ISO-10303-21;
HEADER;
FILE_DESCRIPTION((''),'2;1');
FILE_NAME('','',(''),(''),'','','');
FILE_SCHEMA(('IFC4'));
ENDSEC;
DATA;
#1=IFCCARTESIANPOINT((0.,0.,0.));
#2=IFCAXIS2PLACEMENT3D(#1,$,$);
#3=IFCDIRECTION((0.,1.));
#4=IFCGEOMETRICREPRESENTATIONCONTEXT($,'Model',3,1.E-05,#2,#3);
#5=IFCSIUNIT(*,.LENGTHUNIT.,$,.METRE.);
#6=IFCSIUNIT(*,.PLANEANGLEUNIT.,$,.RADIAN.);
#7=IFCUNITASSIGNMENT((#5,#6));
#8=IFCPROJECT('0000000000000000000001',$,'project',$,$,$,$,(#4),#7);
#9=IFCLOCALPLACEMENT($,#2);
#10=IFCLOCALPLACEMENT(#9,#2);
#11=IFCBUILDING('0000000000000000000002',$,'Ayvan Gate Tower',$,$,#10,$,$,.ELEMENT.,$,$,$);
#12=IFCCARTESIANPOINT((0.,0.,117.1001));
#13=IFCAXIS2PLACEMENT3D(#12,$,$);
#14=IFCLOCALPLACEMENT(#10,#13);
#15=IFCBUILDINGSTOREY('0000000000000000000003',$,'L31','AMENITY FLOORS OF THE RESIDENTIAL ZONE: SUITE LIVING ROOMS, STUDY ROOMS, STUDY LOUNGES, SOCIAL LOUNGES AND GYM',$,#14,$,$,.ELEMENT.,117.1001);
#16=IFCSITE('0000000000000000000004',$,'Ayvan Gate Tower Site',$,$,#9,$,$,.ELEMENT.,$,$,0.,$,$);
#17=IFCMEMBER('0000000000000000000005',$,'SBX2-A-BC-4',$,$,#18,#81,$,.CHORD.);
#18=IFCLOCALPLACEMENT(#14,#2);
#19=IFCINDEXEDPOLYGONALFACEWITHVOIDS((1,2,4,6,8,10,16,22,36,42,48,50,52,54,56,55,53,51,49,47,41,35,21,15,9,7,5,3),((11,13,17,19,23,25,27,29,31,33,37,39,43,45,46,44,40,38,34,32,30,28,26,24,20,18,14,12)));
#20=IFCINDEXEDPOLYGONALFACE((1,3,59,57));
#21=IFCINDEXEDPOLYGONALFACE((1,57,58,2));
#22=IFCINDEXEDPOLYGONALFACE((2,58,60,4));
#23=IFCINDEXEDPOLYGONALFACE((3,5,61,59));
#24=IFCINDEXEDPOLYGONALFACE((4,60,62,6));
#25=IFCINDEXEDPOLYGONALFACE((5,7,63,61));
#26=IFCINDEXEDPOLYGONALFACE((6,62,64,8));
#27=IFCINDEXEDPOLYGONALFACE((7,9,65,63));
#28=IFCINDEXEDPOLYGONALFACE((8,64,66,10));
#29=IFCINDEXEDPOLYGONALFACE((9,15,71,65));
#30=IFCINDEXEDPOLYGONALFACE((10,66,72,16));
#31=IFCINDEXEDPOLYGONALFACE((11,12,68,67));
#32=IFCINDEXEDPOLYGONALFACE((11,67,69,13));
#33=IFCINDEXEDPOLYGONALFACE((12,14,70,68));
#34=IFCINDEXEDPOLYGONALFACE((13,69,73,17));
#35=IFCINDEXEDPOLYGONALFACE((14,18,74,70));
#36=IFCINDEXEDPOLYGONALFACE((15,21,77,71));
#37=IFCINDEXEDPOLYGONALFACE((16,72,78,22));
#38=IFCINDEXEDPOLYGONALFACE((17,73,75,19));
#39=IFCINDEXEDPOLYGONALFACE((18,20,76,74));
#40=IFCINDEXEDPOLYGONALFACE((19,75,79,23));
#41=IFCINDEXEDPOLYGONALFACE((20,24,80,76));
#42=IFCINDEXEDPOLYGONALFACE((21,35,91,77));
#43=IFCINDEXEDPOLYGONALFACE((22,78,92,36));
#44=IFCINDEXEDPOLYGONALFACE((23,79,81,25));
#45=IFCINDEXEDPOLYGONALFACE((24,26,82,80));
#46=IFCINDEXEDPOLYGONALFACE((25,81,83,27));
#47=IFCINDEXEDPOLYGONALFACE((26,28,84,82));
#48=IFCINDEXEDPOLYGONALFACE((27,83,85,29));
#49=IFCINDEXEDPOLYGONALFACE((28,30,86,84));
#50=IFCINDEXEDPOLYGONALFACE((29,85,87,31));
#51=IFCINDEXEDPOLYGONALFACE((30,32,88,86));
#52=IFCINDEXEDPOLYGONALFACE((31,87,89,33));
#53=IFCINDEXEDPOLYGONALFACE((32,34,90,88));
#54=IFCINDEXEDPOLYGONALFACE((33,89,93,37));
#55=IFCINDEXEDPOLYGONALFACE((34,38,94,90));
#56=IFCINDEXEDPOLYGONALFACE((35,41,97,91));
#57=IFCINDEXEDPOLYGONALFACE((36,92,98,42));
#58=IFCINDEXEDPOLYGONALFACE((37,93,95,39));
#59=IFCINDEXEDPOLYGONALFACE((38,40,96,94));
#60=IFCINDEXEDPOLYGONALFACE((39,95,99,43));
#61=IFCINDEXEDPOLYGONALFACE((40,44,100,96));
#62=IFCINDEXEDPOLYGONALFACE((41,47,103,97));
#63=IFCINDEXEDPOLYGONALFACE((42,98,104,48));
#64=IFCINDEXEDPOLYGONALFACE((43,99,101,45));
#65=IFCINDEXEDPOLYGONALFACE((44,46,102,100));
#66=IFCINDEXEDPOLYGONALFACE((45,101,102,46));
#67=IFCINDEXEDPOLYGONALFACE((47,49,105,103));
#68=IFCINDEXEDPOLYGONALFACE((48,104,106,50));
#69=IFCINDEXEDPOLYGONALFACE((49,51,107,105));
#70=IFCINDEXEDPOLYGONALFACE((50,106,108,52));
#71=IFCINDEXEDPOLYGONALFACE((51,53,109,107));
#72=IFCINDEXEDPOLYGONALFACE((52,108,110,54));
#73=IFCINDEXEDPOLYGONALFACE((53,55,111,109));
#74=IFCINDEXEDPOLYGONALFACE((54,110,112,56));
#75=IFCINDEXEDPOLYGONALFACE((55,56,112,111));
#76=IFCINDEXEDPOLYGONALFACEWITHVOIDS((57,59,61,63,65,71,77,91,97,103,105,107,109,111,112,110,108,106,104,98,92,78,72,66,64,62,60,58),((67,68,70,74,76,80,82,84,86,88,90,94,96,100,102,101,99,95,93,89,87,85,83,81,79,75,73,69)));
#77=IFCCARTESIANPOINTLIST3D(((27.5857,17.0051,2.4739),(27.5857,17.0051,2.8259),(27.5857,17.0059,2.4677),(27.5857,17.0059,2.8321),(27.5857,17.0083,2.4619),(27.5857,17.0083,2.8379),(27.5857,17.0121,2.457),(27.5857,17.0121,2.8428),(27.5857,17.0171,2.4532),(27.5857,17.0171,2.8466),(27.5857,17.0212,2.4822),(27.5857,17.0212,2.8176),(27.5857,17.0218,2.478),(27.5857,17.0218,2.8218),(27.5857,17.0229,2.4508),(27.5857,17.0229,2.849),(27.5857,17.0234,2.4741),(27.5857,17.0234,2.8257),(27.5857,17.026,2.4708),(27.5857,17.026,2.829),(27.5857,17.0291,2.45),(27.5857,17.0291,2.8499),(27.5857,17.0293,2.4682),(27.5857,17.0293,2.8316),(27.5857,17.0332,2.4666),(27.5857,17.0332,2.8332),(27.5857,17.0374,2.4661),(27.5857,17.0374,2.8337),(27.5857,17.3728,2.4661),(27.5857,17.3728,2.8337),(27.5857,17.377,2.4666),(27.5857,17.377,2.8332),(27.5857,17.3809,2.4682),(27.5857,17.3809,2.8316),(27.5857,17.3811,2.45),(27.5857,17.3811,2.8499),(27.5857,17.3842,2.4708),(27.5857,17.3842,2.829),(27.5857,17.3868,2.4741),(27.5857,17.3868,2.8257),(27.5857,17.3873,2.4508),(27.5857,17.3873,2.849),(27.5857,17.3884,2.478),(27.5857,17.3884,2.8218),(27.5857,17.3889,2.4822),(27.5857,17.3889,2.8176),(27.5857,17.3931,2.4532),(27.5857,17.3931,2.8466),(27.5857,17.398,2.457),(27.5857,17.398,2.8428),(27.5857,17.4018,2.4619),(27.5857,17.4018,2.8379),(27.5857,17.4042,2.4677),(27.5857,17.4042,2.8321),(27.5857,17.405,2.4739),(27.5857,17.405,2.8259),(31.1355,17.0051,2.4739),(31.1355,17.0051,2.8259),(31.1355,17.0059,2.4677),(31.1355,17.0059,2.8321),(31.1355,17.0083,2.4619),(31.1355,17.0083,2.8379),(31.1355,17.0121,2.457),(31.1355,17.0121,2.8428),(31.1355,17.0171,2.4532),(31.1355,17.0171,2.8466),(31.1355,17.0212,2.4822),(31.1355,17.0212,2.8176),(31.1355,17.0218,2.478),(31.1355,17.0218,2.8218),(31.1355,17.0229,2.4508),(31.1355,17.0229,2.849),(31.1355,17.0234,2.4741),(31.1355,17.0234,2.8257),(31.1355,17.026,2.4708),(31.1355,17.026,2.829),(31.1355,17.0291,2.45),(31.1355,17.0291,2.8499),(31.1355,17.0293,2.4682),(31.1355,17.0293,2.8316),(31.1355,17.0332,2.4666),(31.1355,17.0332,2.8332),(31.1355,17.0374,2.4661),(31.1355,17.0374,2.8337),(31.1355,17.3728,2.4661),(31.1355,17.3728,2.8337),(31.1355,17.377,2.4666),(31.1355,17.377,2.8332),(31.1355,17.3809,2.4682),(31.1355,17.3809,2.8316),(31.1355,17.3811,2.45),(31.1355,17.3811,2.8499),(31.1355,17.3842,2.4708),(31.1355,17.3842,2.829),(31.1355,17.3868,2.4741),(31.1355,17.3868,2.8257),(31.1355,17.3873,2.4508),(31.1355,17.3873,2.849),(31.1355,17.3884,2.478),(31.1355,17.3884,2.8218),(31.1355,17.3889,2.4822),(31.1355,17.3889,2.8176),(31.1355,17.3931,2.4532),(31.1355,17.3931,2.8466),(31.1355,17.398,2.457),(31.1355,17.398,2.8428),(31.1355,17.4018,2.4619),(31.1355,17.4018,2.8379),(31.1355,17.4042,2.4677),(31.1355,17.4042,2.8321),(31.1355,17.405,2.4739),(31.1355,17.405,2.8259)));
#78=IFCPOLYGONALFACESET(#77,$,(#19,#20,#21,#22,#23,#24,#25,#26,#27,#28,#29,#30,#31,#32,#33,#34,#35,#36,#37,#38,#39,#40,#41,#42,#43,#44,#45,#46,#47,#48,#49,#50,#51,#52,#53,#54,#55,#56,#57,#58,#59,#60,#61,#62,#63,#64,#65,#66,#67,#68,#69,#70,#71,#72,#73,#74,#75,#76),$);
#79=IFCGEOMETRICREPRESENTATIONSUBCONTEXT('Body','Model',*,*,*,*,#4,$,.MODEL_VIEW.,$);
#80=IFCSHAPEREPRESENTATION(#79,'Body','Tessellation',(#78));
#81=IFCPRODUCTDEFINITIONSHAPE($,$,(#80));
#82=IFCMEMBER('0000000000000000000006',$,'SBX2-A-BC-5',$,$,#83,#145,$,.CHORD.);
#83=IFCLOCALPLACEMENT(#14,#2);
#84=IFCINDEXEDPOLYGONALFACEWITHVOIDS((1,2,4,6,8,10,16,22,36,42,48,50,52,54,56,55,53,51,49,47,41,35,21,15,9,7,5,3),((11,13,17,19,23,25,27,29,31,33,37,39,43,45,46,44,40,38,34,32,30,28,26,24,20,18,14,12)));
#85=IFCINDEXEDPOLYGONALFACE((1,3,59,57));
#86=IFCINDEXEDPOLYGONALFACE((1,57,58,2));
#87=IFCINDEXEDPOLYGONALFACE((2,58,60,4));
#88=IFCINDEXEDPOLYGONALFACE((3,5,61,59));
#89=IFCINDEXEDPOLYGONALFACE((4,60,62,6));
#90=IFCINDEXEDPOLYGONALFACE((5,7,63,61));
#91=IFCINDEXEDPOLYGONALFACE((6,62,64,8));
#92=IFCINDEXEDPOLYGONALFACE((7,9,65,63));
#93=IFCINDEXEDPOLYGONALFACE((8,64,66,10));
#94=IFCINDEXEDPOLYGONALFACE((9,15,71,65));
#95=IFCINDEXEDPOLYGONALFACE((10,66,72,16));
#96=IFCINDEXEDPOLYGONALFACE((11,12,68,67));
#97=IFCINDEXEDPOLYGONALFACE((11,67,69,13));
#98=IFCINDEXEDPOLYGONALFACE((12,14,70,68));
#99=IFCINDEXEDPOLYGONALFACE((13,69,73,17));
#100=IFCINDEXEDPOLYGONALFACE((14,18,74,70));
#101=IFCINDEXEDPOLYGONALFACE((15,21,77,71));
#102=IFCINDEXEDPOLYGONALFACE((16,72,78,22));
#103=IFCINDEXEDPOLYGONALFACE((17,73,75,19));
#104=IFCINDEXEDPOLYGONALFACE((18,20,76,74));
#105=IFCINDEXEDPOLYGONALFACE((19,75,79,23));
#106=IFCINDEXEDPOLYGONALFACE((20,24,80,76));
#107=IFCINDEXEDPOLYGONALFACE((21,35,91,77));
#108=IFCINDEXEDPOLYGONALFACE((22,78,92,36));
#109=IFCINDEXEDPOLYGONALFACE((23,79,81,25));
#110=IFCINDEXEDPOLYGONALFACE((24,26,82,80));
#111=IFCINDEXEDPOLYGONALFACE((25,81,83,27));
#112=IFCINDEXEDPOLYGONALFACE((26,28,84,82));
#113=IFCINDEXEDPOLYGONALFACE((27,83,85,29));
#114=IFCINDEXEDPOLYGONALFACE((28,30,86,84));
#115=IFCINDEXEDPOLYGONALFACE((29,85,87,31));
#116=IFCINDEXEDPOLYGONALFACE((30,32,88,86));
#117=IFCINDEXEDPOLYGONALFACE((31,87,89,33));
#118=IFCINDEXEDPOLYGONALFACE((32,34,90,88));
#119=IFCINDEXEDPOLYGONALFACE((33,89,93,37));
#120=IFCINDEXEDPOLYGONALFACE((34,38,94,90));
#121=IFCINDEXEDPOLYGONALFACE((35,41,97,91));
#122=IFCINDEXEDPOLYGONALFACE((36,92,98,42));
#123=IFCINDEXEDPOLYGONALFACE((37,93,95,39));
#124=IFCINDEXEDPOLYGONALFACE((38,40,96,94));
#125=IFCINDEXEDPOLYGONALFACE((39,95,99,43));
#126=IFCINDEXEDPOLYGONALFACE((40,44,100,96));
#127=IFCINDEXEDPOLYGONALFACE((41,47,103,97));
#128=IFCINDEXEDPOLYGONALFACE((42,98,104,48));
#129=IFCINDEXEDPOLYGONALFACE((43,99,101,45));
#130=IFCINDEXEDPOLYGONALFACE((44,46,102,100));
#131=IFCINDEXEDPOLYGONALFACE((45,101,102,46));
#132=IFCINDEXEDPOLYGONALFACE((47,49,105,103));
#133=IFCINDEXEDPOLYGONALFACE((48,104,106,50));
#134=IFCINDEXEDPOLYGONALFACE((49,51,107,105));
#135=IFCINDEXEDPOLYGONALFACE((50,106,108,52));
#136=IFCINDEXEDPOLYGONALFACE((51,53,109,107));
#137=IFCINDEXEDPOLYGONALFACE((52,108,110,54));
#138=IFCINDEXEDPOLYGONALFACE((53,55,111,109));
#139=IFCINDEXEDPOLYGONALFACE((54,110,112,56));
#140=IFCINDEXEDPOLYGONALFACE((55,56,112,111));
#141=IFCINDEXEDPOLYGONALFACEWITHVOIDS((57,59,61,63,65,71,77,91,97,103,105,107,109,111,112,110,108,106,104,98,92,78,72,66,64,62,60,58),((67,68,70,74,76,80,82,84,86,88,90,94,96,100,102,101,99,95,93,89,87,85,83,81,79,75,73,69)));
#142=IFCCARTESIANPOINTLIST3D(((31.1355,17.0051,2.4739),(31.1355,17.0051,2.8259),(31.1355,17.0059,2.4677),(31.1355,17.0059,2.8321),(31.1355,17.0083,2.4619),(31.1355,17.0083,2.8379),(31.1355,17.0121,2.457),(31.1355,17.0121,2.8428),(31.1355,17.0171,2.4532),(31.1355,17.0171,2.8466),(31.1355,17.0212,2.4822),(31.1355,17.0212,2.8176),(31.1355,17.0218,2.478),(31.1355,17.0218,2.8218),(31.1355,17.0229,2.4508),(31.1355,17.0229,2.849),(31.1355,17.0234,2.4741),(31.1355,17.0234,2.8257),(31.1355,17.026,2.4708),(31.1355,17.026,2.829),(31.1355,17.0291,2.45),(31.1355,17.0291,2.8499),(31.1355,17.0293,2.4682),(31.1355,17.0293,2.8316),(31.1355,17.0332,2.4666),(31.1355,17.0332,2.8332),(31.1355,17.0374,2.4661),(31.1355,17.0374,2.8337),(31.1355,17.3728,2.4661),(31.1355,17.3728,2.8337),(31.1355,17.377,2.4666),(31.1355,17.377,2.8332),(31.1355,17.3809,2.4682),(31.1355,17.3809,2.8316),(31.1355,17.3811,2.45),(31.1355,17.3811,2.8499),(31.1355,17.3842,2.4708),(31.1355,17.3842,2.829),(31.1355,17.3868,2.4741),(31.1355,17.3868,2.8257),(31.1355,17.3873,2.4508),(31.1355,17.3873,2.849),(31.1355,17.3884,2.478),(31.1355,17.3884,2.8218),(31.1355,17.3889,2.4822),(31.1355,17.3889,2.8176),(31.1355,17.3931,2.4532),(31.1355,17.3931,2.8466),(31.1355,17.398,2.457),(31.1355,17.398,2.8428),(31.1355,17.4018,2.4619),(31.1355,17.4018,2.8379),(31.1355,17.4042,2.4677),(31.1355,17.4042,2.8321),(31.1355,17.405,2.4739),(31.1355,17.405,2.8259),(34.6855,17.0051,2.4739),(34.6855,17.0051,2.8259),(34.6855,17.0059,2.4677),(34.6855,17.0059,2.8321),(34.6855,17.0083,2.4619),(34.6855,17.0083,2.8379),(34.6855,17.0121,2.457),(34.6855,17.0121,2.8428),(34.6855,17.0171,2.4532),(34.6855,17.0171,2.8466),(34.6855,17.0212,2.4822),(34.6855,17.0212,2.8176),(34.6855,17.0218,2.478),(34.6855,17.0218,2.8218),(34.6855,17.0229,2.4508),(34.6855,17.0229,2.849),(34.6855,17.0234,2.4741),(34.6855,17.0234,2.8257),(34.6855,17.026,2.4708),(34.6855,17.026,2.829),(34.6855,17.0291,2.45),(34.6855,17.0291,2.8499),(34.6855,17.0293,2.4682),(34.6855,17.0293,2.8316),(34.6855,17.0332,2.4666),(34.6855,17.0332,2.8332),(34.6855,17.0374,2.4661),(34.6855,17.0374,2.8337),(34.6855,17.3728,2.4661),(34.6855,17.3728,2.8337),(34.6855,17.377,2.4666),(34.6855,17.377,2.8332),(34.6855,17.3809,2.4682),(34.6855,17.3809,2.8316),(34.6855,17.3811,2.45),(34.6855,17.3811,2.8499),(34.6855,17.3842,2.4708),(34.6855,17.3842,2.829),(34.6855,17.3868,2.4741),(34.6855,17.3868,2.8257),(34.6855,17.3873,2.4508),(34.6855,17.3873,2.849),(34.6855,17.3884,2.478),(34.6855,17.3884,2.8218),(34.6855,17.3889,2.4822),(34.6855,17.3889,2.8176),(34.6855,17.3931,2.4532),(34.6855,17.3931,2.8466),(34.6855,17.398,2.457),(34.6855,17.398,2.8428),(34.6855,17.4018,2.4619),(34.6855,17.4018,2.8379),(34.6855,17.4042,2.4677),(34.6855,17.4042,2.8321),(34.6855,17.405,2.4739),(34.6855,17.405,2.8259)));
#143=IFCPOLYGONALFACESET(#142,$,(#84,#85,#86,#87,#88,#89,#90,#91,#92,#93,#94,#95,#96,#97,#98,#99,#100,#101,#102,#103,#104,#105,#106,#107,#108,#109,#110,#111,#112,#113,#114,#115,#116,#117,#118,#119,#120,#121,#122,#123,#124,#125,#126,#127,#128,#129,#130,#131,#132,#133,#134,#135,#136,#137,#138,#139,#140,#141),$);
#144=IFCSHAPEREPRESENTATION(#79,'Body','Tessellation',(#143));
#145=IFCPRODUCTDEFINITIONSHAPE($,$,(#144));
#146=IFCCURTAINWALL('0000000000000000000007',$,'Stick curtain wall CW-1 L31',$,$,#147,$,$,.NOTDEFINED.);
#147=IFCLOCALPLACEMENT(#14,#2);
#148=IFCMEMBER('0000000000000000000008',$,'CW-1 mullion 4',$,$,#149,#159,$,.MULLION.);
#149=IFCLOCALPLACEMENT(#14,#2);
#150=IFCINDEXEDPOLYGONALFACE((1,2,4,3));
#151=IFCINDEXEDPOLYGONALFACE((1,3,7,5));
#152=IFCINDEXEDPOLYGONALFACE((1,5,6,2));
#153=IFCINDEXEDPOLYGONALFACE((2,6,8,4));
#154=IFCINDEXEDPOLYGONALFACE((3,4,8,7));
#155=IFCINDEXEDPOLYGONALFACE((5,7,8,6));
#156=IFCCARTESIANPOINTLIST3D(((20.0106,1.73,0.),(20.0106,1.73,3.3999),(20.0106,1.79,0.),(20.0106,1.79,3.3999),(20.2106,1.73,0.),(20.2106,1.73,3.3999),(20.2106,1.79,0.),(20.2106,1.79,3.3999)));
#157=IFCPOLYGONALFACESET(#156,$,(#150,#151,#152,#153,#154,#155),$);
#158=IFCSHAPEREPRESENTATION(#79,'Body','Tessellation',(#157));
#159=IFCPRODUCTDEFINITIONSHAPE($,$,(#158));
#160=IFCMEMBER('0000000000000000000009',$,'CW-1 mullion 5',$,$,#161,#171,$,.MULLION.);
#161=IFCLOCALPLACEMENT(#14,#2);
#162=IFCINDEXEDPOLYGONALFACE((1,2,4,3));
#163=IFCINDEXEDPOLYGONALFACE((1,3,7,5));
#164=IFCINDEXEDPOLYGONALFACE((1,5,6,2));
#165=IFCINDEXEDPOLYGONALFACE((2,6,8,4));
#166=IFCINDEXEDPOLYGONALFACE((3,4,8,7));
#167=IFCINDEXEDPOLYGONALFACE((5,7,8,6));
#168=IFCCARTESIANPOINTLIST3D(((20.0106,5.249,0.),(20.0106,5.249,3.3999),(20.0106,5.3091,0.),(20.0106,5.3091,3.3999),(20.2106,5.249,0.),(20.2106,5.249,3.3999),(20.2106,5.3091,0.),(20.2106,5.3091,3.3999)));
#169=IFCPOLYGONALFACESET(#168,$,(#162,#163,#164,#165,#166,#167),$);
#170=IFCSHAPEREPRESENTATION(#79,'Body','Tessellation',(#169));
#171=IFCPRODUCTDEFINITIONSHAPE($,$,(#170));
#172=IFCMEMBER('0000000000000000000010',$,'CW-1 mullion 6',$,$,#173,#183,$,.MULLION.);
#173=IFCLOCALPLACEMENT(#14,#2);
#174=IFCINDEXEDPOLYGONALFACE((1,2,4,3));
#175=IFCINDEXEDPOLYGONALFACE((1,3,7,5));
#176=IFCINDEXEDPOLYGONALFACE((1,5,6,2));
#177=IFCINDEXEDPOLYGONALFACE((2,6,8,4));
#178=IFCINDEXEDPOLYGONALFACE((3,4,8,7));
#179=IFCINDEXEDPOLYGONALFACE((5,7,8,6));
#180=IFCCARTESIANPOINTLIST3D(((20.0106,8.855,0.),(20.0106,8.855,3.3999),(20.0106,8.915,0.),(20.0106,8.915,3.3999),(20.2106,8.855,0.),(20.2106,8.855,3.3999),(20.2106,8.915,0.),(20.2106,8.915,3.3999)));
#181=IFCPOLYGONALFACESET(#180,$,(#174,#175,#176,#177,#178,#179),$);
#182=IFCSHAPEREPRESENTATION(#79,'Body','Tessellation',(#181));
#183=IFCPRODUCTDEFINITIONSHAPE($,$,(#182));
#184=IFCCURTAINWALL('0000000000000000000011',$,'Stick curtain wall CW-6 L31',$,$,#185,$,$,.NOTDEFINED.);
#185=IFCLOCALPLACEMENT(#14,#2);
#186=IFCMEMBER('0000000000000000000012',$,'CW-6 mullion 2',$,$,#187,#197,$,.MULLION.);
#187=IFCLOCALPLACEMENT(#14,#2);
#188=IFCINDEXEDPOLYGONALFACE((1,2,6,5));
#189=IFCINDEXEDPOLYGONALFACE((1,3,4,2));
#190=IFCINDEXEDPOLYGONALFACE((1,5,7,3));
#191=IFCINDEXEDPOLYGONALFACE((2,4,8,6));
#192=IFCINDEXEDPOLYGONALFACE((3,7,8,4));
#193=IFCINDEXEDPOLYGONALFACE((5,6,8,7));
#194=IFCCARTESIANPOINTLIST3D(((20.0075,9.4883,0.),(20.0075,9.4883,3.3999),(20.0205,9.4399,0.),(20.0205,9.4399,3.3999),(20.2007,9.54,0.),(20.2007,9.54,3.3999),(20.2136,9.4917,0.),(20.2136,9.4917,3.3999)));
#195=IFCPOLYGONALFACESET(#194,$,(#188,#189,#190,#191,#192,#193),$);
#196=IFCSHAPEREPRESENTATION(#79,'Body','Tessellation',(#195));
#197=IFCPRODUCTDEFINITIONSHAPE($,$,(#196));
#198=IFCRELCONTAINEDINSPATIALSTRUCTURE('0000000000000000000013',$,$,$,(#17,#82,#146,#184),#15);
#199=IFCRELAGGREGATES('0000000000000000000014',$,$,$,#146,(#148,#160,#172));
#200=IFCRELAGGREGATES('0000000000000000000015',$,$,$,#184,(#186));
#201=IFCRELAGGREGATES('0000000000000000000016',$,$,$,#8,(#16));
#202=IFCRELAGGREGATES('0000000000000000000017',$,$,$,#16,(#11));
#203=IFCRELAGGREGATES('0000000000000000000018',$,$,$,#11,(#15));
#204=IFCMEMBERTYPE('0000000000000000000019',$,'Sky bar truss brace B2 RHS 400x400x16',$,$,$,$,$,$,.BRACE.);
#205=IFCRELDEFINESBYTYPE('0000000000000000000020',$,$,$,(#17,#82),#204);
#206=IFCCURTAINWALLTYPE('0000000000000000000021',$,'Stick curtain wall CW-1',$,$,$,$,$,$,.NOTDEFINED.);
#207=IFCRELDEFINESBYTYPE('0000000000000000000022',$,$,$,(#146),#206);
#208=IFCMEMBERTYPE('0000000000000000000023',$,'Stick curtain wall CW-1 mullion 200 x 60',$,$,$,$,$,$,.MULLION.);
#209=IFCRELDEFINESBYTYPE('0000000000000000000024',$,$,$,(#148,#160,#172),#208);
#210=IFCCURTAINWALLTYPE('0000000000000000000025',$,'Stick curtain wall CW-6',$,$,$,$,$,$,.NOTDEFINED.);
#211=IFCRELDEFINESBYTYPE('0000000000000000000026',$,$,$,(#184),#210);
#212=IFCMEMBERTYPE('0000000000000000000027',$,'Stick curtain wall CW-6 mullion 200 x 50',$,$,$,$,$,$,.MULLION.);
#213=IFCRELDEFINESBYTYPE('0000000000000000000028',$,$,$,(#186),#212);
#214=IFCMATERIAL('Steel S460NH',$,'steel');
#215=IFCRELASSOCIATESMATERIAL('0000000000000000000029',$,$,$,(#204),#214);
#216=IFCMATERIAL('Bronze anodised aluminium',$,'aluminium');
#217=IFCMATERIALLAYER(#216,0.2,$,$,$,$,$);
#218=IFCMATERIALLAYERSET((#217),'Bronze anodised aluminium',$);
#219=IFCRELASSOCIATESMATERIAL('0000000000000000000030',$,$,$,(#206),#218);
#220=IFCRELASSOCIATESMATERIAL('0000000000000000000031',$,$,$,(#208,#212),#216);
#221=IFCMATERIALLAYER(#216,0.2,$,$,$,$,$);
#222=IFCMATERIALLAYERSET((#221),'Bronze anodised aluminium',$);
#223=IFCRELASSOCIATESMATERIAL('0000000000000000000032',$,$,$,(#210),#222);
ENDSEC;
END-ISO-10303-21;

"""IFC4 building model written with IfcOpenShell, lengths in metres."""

from ifc_helpers import new_model, si_unit, direction, frame, origin, origin_2d, place, context, subcontext, project, spatial, rectangle, hollow_rectangle, extrude, material, layer, layer_set, material_profile, profile_set, type_object, element, aggregate, save


model = new_model("IFC4")

# Units and contexts
model_context = context("Model", 3, precision=1e-05, world=origin(), true_north=direction((0.0, 1.0)))
body_context = subcontext(model_context, "Body", "Model", "MODEL_VIEW")
ifc_project = project(units=[si_unit("LENGTHUNIT", "METRE"), si_unit("PLANEANGLEUNIT", "RADIAN")], contexts=[model_context])

# Site, building, storey
site_placement = place(None, origin())
site = spatial("IfcSite", under=ifc_project, at=site_placement, Name="Ayvan Gate Tower Site", CompositionType="ELEMENT", RefElevation=0.0)
building_placement = place(site_placement, origin())
building = spatial("IfcBuilding", under=site, at=building_placement, Name="Ayvan Gate Tower", CompositionType="ELEMENT")
storey_placement = place(building_placement, frame((0.0, 0.0, 117.1001)))
storey = spatial("IfcBuildingStorey", under=building, at=storey_placement, Name="L31", Description="AMENITY FLOORS OF THE RESIDENTIAL ZONE: SUITE LIVING ROOMS, STUDY ROOMS, STUDY LOUNGES, SOCIAL LOUNGES AND GYM", CompositionType="ELEMENT", Elevation=117.1001)

# Members
ifc_material_1 = material(Name="Steel S460NH", Category="steel")
ifc_material_profile_1 = material_profile(ifc_material_1, hollow_rectangle(XDim=0.3999, YDim=0.3999, WallThickness=0.0161, InnerFilletRadius=0.0161, OuterFilletRadius=0.0239, at=origin_2d()), Name="RHS 400x400x16")
ifc_profile_set_1 = profile_set([ifc_material_profile_1], Name="Steel S460NH")
member_type_1 = type_object("IfcMemberType", Name="Sky bar truss brace B2 RHS 400x400x16", PredefinedType="BRACE", material=ifc_profile_set_1)
member_1_placement = place(storey_placement, frame((27.5857, 17.2051, 2.6499), z_axis=(1.0, 0.0, 0.0), x_axis=(0.0, 1.0, 0.0)))
element("IfcMember", 1, at=member_1_placement, inside=storey, type_object=member_type_1, Name="SBX2-A-BC-4", PredefinedType="CHORD", context=body_context, shape_type="SweptSolid", body=[
    extrude(hollow_rectangle(XDim=0.3999, YDim=0.3999, WallThickness=0.0161, InnerFilletRadius=0.0161, OuterFilletRadius=0.0239, at=origin_2d()), origin(), (0.0, 0.0, 1.0), 3.5498),
])
member_2_placement = place(storey_placement, frame((31.1355, 17.2051, 2.6499), z_axis=(1.0, 0.0, 0.0), x_axis=(0.0, 1.0, 0.0)))
element("IfcMember", 2, at=member_2_placement, inside=storey, type_object=member_type_1, Name="SBX2-A-BC-5", PredefinedType="CHORD", context=body_context, shape_type="SweptSolid", body=[
    extrude(hollow_rectangle(XDim=0.3999, YDim=0.3999, WallThickness=0.0161, InnerFilletRadius=0.0161, OuterFilletRadius=0.0239, at=origin_2d()), origin(), (0.0, 0.0, 1.0), 3.55),
])

# Curtain walls, members
ifc_material_2 = material(Name="Bronze anodised aluminium", Category="aluminium")
ifc_layer_1 = layer(ifc_material_2, 0.2)
ifc_layer_set_1 = layer_set([ifc_layer_1], Name="Bronze anodised aluminium")
curtain_wall_type_1 = type_object("IfcCurtainWallType", Name="Stick curtain wall CW-1", PredefinedType="NOTDEFINED", material=ifc_layer_set_1)
curtain_wall_1_placement = place(storey_placement, origin())
curtain_wall_1 = element("IfcCurtainWall", 3, at=curtain_wall_1_placement, inside=storey, type_object=curtain_wall_type_1, Name="Stick curtain wall CW-1 L31", PredefinedType="NOTDEFINED")
ifc_material_profile_2 = material_profile(ifc_material_2, rectangle(XDim=0.2, YDim=0.0601, at=origin_2d()), Name="Stick curtain wall CW-1 mullion 200 x 60")
ifc_profile_set_2 = profile_set([ifc_material_profile_2], Name="Bronze anodised aluminium")
member_type_2 = type_object("IfcMemberType", Name="Stick curtain wall CW-1 mullion 200 x 60", PredefinedType="MULLION", material=ifc_profile_set_2)
member_3_placement = place(storey_placement, frame((20.1106, 1.76, 0.0), z_axis=(0.0, 0.0, 1.0), x_axis=(1.0, 0.0, 0.0)))
member_3 = element("IfcMember", 4, at=member_3_placement, type_object=member_type_2, Name="CW-1 mullion 4", PredefinedType="MULLION", context=body_context, shape_type="SweptSolid", body=[
    extrude(rectangle(XDim=0.2, YDim=0.0601, at=origin_2d()), origin(), (0.0, 0.0, 1.0), 3.3999),
])
member_4_placement = place(storey_placement, frame((20.1106, 5.2791, 0.0), z_axis=(0.0, 0.0, 1.0), x_axis=(1.0, 0.0, 0.0)))
member_4 = element("IfcMember", 5, at=member_4_placement, type_object=member_type_2, Name="CW-1 mullion 5", PredefinedType="MULLION", context=body_context, shape_type="SweptSolid", body=[
    extrude(rectangle(XDim=0.2, YDim=0.0601, at=origin_2d()), origin(), (0.0, 0.0, 1.0), 3.3999),
])
member_5_placement = place(storey_placement, frame((20.1106, 8.885, 0.0), z_axis=(0.0, 0.0, 1.0), x_axis=(1.0, 0.0, 0.0)))
member_5 = element("IfcMember", 6, at=member_5_placement, type_object=member_type_2, Name="CW-1 mullion 6", PredefinedType="MULLION", context=body_context, shape_type="SweptSolid", body=[
    extrude(rectangle(XDim=0.2, YDim=0.0601, at=origin_2d()), origin(), (0.0, 0.0, 1.0), 3.3999),
])
ifc_layer_2 = layer(ifc_material_2, 0.2)
ifc_layer_set_2 = layer_set([ifc_layer_2], Name="Bronze anodised aluminium")
curtain_wall_type_2 = type_object("IfcCurtainWallType", Name="Stick curtain wall CW-6", PredefinedType="NOTDEFINED", material=ifc_layer_set_2)
curtain_wall_2_placement = place(storey_placement, origin())
curtain_wall_2 = element("IfcCurtainWall", 7, at=curtain_wall_2_placement, inside=storey, type_object=curtain_wall_type_2, Name="Stick curtain wall CW-6 L31", PredefinedType="NOTDEFINED")
ifc_material_profile_3 = material_profile(ifc_material_2, rectangle(XDim=0.2, YDim=0.05, at=origin_2d()), Name="Stick curtain wall CW-6 mullion 200 x 50")
ifc_profile_set_3 = profile_set([ifc_material_profile_3], Name="Bronze anodised aluminium")
member_type_3 = type_object("IfcMemberType", Name="Stick curtain wall CW-6 mullion 200 x 50", PredefinedType="MULLION", material=ifc_profile_set_3)
member_6_placement = place(storey_placement, frame((20.1106, 9.49, 0.0), z_axis=(0.0, 0.0, 1.0), x_axis=(0.965926, 0.258819, 0.0)))
member_6 = element("IfcMember", 8, at=member_6_placement, type_object=member_type_3, Name="CW-6 mullion 2", PredefinedType="MULLION", context=body_context, shape_type="SweptSolid", body=[
    extrude(rectangle(XDim=0.2, YDim=0.05, at=origin_2d()), origin(), (0.0, 0.0, 1.0), 3.3999),
])

aggregate(curtain_wall_1, [member_3, member_4, member_5])
aggregate(curtain_wall_2, [member_6])

save(model, "model.ifc")
